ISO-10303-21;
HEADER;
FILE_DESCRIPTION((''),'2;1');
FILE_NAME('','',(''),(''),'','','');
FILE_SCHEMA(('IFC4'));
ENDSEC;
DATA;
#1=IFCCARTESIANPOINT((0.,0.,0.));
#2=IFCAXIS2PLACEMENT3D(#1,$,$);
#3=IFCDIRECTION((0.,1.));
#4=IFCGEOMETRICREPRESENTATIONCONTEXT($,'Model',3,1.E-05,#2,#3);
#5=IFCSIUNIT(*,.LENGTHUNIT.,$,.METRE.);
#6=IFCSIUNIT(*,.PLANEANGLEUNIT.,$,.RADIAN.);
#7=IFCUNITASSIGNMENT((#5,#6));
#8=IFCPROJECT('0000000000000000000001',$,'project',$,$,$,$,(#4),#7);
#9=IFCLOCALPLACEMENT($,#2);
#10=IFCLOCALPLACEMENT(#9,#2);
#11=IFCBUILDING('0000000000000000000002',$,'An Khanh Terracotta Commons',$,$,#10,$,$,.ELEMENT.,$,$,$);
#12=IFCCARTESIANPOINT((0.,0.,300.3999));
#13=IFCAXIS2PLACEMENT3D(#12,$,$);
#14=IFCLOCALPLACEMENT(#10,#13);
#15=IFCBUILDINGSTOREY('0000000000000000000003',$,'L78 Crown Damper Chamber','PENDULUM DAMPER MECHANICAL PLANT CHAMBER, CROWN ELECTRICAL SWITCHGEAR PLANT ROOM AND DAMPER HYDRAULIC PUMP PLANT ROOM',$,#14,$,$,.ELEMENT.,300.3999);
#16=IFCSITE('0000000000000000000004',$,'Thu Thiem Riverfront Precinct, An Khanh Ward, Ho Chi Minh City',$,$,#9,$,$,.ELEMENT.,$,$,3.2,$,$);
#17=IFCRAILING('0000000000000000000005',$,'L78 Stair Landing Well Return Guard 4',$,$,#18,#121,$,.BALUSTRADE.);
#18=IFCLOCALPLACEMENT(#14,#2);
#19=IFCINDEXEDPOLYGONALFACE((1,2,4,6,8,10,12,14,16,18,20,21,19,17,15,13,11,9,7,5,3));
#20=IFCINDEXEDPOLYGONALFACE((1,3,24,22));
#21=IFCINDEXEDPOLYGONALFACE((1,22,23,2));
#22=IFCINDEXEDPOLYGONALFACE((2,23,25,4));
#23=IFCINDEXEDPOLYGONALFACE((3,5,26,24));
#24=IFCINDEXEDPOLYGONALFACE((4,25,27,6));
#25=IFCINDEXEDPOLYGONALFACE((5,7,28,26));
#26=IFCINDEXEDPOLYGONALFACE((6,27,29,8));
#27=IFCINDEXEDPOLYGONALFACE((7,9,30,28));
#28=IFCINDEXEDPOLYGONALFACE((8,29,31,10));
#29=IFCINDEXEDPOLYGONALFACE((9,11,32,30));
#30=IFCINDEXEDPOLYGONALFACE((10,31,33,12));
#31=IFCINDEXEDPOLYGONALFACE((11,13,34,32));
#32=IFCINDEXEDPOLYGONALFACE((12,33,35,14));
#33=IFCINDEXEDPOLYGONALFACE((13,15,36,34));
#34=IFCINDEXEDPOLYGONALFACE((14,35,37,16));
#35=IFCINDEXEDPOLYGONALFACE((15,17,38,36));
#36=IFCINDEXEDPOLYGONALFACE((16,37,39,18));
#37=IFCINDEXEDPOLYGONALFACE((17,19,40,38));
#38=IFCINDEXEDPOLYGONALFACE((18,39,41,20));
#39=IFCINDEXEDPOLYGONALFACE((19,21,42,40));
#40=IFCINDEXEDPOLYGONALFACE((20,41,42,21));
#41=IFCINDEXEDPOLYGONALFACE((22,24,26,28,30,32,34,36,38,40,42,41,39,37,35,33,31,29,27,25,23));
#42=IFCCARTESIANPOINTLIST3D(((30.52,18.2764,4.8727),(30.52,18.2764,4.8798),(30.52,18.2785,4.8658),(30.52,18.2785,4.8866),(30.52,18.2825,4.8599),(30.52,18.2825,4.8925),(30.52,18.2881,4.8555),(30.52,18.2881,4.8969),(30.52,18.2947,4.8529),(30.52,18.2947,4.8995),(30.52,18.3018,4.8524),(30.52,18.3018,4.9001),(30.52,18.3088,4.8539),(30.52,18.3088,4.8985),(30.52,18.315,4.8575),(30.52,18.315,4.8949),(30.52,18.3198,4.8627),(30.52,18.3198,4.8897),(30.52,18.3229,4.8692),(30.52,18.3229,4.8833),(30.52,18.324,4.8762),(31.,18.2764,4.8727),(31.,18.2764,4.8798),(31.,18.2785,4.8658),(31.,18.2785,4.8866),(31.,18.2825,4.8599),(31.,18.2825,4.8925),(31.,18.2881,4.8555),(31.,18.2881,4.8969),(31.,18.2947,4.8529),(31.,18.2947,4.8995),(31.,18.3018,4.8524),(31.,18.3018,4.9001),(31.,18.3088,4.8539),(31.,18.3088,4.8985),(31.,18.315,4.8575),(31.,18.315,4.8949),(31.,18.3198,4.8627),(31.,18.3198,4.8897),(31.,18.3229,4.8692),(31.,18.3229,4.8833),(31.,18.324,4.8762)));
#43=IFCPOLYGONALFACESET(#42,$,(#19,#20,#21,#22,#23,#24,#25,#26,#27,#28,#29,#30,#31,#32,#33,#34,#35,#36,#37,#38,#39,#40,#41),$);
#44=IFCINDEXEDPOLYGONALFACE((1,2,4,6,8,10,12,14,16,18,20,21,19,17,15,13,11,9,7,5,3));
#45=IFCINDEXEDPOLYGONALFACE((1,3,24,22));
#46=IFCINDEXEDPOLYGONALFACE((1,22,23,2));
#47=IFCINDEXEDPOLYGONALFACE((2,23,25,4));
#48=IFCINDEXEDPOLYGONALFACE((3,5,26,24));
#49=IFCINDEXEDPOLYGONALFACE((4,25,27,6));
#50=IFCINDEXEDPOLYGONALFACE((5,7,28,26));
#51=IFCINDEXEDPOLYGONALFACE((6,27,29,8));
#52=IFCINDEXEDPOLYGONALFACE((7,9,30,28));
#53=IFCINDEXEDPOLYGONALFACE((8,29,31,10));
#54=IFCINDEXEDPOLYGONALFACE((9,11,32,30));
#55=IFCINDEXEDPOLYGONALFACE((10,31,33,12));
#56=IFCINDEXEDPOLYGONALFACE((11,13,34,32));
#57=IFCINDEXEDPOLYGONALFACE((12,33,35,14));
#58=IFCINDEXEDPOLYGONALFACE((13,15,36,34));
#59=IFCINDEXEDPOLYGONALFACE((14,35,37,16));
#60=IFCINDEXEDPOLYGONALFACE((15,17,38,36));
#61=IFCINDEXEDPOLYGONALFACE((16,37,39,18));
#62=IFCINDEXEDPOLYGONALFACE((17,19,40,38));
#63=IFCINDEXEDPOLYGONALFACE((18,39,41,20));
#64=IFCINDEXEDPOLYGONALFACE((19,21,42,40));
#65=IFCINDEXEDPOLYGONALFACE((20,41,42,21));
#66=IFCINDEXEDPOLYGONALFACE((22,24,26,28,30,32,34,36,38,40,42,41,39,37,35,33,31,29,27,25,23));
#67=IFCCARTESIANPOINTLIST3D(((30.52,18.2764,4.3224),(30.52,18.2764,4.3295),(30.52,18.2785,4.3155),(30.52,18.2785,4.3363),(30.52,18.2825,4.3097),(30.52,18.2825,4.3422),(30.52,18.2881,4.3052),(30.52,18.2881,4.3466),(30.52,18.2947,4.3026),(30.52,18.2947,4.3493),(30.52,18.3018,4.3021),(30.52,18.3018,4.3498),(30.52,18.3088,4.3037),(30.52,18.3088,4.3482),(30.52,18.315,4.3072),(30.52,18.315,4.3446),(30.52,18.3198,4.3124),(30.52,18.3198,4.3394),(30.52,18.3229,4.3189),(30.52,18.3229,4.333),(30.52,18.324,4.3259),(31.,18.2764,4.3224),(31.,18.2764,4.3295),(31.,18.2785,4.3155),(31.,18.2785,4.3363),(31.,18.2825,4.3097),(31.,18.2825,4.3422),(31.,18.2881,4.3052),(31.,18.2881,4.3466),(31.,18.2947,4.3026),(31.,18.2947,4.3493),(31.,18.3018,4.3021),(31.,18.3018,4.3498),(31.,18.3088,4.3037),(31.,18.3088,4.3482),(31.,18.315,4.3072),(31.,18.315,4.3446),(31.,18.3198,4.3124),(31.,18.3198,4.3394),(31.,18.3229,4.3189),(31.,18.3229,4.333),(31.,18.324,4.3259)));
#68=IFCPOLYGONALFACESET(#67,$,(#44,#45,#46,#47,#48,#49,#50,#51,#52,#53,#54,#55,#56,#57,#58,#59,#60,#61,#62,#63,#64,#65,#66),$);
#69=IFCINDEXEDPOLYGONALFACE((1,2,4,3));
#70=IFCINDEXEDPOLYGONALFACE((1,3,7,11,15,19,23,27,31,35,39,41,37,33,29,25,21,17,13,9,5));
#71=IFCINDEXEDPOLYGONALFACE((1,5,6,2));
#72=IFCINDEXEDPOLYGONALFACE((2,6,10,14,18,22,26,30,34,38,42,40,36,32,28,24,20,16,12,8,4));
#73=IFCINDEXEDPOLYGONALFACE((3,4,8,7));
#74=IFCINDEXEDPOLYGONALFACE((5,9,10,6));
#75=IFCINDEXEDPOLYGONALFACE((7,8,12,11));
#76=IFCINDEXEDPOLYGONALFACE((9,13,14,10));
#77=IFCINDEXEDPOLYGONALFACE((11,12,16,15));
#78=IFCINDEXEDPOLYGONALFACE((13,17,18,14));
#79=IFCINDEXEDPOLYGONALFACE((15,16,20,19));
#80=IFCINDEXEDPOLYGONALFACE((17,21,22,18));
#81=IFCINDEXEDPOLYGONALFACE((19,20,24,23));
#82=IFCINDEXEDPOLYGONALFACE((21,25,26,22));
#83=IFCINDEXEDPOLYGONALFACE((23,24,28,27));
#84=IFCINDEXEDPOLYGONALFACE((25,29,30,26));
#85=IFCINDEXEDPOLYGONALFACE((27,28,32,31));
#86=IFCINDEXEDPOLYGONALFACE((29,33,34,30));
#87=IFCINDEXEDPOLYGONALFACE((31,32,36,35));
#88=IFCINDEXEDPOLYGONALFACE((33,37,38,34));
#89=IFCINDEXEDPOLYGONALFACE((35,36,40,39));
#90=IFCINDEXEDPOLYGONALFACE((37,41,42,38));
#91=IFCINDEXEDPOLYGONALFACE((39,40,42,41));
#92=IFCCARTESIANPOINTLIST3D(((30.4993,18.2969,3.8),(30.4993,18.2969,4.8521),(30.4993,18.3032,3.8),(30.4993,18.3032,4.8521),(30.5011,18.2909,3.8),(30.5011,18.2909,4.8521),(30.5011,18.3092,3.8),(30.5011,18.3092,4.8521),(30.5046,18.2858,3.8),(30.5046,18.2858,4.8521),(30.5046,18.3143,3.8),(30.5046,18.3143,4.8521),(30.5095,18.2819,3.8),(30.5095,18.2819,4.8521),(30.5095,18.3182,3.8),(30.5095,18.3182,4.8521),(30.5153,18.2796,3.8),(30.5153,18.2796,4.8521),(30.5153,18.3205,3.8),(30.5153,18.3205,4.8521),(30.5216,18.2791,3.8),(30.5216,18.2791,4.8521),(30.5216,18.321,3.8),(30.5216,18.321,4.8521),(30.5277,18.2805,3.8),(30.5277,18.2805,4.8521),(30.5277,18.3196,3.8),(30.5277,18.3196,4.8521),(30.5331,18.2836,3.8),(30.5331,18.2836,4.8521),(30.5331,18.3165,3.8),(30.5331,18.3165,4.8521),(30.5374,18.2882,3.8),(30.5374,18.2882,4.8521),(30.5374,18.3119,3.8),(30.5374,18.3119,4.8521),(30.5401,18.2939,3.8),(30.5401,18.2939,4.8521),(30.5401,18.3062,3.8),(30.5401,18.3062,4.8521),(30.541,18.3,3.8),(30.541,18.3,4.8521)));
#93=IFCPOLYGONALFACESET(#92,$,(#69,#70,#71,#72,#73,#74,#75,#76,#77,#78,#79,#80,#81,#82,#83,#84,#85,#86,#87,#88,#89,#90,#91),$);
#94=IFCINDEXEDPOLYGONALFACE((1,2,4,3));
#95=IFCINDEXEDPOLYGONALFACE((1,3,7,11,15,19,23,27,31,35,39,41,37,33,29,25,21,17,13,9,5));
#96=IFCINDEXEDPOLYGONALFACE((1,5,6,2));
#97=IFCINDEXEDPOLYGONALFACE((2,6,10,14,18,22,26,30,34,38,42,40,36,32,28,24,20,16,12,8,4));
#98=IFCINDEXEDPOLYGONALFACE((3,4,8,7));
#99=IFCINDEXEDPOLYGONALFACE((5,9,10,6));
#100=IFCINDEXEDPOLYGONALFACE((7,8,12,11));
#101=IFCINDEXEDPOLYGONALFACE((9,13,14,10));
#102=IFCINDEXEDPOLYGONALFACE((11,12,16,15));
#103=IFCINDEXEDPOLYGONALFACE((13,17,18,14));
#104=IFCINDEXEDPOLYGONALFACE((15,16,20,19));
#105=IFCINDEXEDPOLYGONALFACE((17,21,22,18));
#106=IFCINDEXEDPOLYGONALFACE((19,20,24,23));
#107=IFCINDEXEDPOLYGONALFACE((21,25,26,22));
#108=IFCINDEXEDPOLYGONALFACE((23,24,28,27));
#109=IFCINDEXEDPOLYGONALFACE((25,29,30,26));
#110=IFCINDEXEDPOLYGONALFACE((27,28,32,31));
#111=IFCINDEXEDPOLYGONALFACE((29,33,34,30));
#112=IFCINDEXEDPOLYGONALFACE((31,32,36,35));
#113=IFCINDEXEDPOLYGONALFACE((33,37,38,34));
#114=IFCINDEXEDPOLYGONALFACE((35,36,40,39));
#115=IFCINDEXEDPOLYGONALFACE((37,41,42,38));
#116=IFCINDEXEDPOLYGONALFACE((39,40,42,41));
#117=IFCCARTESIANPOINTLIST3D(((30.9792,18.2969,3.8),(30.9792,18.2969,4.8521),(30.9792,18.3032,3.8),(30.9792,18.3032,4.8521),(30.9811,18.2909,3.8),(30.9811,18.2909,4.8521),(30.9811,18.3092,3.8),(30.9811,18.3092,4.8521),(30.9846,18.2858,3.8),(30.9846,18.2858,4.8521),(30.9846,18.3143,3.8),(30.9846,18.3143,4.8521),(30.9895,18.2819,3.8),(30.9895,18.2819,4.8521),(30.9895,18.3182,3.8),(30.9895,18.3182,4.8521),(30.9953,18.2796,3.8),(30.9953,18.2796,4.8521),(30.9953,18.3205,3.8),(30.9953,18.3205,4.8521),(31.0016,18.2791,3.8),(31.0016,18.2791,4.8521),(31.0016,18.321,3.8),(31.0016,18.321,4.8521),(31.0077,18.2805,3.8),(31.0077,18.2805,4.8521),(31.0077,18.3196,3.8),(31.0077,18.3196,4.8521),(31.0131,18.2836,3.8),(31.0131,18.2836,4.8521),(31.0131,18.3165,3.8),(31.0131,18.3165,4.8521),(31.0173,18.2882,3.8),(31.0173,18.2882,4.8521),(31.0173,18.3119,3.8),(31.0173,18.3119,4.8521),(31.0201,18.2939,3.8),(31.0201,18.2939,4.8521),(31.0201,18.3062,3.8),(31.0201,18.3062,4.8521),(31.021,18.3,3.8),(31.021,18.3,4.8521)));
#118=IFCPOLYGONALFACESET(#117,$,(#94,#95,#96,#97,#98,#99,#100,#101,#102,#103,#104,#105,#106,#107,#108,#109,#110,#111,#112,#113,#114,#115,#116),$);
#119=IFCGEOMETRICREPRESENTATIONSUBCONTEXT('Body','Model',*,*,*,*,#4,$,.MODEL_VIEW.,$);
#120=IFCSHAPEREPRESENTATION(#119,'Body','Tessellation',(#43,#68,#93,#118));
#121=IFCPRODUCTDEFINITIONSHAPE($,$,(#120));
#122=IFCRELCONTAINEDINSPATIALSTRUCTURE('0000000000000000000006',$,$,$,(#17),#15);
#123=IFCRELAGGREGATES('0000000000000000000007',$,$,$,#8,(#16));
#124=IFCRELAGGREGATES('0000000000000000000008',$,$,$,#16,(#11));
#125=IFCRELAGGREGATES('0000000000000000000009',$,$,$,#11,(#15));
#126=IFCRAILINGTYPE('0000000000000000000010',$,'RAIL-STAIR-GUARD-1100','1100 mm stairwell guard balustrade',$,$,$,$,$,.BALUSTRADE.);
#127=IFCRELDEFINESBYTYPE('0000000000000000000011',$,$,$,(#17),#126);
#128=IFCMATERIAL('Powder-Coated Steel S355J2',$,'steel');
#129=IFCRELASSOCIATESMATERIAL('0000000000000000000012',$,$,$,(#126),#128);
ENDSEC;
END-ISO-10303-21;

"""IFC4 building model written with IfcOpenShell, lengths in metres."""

from ifc_helpers import new_model, si_unit, direction, frame, origin, origin_2d, place, context, subcontext, project, spatial, circle, extrude, material, type_object, element, save


model = new_model("IFC4")

# Units and contexts
model_context = context("Model", 3, precision=1e-05, world=origin(), true_north=direction((0.0, 1.0)))
body_context = subcontext(model_context, "Body", "Model", "MODEL_VIEW")
ifc_project = project(units=[si_unit("LENGTHUNIT", "METRE"), si_unit("PLANEANGLEUNIT", "RADIAN")], contexts=[model_context])

# Site, building, storey
site_placement = place(None, origin())
site = spatial("IfcSite", under=ifc_project, at=site_placement, Name="Thu Thiem Riverfront Precinct, An Khanh Ward, Ho Chi Minh City", CompositionType="ELEMENT", RefElevation=3.2)
building_placement = place(site_placement, origin())
building = spatial("IfcBuilding", under=site, at=building_placement, Name="An Khanh Terracotta Commons", CompositionType="ELEMENT")
storey_placement = place(building_placement, frame((0.0, 0.0, 300.3999)))
storey = spatial("IfcBuildingStorey", under=building, at=storey_placement, Name="L78 Crown Damper Chamber", Description="PENDULUM DAMPER MECHANICAL PLANT CHAMBER, CROWN ELECTRICAL SWITCHGEAR PLANT ROOM AND DAMPER HYDRAULIC PUMP PLANT ROOM", CompositionType="ELEMENT", Elevation=300.3999)

# Railing
ifc_material_1 = material(Name="Powder-Coated Steel S355J2", Category="steel")
railing_type_1 = type_object("IfcRailingType", Name="RAIL-STAIR-GUARD-1100", Description="1100 mm stairwell guard balustrade", PredefinedType="BALUSTRADE", material=ifc_material_1)
for number, where, name in (
    (1, (30.52, 18.3, 3.8), "L78 Stair Landing Well Return Guard 4"),
):
    element("IfcRailing", number, at=place(storey_placement, frame(where)), inside=storey, type_object=railing_type_1, Name=name, PredefinedType="BALUSTRADE", context=body_context, shape_type="SweptSolid", body=[
        extrude(circle(Radius=0.0239, at=origin_2d()), frame((0.0, 0.0, 1.0762), z_axis=(1.0, 0.0, 0.0), x_axis=(0.0, 1.0, 0.0)), (0.0, 0.0, 1.0), 0.48),
        extrude(circle(Radius=0.0239, at=origin_2d()), frame((0.0, 0.0, 0.5259), z_axis=(1.0, 0.0, 0.0), x_axis=(0.0, 1.0, 0.0)), (0.0, 0.0, 1.0), 0.48),
        extrude(circle(Radius=0.021, at=origin_2d()), origin(), (0.0, 0.0, 1.0), 1.052),
        extrude(circle(Radius=0.021, at=origin_2d()), frame((0.48, 0.0, 0.0)), (0.0, 0.0, 1.0), 1.052),
    ])

save(model, "model.ifc")
